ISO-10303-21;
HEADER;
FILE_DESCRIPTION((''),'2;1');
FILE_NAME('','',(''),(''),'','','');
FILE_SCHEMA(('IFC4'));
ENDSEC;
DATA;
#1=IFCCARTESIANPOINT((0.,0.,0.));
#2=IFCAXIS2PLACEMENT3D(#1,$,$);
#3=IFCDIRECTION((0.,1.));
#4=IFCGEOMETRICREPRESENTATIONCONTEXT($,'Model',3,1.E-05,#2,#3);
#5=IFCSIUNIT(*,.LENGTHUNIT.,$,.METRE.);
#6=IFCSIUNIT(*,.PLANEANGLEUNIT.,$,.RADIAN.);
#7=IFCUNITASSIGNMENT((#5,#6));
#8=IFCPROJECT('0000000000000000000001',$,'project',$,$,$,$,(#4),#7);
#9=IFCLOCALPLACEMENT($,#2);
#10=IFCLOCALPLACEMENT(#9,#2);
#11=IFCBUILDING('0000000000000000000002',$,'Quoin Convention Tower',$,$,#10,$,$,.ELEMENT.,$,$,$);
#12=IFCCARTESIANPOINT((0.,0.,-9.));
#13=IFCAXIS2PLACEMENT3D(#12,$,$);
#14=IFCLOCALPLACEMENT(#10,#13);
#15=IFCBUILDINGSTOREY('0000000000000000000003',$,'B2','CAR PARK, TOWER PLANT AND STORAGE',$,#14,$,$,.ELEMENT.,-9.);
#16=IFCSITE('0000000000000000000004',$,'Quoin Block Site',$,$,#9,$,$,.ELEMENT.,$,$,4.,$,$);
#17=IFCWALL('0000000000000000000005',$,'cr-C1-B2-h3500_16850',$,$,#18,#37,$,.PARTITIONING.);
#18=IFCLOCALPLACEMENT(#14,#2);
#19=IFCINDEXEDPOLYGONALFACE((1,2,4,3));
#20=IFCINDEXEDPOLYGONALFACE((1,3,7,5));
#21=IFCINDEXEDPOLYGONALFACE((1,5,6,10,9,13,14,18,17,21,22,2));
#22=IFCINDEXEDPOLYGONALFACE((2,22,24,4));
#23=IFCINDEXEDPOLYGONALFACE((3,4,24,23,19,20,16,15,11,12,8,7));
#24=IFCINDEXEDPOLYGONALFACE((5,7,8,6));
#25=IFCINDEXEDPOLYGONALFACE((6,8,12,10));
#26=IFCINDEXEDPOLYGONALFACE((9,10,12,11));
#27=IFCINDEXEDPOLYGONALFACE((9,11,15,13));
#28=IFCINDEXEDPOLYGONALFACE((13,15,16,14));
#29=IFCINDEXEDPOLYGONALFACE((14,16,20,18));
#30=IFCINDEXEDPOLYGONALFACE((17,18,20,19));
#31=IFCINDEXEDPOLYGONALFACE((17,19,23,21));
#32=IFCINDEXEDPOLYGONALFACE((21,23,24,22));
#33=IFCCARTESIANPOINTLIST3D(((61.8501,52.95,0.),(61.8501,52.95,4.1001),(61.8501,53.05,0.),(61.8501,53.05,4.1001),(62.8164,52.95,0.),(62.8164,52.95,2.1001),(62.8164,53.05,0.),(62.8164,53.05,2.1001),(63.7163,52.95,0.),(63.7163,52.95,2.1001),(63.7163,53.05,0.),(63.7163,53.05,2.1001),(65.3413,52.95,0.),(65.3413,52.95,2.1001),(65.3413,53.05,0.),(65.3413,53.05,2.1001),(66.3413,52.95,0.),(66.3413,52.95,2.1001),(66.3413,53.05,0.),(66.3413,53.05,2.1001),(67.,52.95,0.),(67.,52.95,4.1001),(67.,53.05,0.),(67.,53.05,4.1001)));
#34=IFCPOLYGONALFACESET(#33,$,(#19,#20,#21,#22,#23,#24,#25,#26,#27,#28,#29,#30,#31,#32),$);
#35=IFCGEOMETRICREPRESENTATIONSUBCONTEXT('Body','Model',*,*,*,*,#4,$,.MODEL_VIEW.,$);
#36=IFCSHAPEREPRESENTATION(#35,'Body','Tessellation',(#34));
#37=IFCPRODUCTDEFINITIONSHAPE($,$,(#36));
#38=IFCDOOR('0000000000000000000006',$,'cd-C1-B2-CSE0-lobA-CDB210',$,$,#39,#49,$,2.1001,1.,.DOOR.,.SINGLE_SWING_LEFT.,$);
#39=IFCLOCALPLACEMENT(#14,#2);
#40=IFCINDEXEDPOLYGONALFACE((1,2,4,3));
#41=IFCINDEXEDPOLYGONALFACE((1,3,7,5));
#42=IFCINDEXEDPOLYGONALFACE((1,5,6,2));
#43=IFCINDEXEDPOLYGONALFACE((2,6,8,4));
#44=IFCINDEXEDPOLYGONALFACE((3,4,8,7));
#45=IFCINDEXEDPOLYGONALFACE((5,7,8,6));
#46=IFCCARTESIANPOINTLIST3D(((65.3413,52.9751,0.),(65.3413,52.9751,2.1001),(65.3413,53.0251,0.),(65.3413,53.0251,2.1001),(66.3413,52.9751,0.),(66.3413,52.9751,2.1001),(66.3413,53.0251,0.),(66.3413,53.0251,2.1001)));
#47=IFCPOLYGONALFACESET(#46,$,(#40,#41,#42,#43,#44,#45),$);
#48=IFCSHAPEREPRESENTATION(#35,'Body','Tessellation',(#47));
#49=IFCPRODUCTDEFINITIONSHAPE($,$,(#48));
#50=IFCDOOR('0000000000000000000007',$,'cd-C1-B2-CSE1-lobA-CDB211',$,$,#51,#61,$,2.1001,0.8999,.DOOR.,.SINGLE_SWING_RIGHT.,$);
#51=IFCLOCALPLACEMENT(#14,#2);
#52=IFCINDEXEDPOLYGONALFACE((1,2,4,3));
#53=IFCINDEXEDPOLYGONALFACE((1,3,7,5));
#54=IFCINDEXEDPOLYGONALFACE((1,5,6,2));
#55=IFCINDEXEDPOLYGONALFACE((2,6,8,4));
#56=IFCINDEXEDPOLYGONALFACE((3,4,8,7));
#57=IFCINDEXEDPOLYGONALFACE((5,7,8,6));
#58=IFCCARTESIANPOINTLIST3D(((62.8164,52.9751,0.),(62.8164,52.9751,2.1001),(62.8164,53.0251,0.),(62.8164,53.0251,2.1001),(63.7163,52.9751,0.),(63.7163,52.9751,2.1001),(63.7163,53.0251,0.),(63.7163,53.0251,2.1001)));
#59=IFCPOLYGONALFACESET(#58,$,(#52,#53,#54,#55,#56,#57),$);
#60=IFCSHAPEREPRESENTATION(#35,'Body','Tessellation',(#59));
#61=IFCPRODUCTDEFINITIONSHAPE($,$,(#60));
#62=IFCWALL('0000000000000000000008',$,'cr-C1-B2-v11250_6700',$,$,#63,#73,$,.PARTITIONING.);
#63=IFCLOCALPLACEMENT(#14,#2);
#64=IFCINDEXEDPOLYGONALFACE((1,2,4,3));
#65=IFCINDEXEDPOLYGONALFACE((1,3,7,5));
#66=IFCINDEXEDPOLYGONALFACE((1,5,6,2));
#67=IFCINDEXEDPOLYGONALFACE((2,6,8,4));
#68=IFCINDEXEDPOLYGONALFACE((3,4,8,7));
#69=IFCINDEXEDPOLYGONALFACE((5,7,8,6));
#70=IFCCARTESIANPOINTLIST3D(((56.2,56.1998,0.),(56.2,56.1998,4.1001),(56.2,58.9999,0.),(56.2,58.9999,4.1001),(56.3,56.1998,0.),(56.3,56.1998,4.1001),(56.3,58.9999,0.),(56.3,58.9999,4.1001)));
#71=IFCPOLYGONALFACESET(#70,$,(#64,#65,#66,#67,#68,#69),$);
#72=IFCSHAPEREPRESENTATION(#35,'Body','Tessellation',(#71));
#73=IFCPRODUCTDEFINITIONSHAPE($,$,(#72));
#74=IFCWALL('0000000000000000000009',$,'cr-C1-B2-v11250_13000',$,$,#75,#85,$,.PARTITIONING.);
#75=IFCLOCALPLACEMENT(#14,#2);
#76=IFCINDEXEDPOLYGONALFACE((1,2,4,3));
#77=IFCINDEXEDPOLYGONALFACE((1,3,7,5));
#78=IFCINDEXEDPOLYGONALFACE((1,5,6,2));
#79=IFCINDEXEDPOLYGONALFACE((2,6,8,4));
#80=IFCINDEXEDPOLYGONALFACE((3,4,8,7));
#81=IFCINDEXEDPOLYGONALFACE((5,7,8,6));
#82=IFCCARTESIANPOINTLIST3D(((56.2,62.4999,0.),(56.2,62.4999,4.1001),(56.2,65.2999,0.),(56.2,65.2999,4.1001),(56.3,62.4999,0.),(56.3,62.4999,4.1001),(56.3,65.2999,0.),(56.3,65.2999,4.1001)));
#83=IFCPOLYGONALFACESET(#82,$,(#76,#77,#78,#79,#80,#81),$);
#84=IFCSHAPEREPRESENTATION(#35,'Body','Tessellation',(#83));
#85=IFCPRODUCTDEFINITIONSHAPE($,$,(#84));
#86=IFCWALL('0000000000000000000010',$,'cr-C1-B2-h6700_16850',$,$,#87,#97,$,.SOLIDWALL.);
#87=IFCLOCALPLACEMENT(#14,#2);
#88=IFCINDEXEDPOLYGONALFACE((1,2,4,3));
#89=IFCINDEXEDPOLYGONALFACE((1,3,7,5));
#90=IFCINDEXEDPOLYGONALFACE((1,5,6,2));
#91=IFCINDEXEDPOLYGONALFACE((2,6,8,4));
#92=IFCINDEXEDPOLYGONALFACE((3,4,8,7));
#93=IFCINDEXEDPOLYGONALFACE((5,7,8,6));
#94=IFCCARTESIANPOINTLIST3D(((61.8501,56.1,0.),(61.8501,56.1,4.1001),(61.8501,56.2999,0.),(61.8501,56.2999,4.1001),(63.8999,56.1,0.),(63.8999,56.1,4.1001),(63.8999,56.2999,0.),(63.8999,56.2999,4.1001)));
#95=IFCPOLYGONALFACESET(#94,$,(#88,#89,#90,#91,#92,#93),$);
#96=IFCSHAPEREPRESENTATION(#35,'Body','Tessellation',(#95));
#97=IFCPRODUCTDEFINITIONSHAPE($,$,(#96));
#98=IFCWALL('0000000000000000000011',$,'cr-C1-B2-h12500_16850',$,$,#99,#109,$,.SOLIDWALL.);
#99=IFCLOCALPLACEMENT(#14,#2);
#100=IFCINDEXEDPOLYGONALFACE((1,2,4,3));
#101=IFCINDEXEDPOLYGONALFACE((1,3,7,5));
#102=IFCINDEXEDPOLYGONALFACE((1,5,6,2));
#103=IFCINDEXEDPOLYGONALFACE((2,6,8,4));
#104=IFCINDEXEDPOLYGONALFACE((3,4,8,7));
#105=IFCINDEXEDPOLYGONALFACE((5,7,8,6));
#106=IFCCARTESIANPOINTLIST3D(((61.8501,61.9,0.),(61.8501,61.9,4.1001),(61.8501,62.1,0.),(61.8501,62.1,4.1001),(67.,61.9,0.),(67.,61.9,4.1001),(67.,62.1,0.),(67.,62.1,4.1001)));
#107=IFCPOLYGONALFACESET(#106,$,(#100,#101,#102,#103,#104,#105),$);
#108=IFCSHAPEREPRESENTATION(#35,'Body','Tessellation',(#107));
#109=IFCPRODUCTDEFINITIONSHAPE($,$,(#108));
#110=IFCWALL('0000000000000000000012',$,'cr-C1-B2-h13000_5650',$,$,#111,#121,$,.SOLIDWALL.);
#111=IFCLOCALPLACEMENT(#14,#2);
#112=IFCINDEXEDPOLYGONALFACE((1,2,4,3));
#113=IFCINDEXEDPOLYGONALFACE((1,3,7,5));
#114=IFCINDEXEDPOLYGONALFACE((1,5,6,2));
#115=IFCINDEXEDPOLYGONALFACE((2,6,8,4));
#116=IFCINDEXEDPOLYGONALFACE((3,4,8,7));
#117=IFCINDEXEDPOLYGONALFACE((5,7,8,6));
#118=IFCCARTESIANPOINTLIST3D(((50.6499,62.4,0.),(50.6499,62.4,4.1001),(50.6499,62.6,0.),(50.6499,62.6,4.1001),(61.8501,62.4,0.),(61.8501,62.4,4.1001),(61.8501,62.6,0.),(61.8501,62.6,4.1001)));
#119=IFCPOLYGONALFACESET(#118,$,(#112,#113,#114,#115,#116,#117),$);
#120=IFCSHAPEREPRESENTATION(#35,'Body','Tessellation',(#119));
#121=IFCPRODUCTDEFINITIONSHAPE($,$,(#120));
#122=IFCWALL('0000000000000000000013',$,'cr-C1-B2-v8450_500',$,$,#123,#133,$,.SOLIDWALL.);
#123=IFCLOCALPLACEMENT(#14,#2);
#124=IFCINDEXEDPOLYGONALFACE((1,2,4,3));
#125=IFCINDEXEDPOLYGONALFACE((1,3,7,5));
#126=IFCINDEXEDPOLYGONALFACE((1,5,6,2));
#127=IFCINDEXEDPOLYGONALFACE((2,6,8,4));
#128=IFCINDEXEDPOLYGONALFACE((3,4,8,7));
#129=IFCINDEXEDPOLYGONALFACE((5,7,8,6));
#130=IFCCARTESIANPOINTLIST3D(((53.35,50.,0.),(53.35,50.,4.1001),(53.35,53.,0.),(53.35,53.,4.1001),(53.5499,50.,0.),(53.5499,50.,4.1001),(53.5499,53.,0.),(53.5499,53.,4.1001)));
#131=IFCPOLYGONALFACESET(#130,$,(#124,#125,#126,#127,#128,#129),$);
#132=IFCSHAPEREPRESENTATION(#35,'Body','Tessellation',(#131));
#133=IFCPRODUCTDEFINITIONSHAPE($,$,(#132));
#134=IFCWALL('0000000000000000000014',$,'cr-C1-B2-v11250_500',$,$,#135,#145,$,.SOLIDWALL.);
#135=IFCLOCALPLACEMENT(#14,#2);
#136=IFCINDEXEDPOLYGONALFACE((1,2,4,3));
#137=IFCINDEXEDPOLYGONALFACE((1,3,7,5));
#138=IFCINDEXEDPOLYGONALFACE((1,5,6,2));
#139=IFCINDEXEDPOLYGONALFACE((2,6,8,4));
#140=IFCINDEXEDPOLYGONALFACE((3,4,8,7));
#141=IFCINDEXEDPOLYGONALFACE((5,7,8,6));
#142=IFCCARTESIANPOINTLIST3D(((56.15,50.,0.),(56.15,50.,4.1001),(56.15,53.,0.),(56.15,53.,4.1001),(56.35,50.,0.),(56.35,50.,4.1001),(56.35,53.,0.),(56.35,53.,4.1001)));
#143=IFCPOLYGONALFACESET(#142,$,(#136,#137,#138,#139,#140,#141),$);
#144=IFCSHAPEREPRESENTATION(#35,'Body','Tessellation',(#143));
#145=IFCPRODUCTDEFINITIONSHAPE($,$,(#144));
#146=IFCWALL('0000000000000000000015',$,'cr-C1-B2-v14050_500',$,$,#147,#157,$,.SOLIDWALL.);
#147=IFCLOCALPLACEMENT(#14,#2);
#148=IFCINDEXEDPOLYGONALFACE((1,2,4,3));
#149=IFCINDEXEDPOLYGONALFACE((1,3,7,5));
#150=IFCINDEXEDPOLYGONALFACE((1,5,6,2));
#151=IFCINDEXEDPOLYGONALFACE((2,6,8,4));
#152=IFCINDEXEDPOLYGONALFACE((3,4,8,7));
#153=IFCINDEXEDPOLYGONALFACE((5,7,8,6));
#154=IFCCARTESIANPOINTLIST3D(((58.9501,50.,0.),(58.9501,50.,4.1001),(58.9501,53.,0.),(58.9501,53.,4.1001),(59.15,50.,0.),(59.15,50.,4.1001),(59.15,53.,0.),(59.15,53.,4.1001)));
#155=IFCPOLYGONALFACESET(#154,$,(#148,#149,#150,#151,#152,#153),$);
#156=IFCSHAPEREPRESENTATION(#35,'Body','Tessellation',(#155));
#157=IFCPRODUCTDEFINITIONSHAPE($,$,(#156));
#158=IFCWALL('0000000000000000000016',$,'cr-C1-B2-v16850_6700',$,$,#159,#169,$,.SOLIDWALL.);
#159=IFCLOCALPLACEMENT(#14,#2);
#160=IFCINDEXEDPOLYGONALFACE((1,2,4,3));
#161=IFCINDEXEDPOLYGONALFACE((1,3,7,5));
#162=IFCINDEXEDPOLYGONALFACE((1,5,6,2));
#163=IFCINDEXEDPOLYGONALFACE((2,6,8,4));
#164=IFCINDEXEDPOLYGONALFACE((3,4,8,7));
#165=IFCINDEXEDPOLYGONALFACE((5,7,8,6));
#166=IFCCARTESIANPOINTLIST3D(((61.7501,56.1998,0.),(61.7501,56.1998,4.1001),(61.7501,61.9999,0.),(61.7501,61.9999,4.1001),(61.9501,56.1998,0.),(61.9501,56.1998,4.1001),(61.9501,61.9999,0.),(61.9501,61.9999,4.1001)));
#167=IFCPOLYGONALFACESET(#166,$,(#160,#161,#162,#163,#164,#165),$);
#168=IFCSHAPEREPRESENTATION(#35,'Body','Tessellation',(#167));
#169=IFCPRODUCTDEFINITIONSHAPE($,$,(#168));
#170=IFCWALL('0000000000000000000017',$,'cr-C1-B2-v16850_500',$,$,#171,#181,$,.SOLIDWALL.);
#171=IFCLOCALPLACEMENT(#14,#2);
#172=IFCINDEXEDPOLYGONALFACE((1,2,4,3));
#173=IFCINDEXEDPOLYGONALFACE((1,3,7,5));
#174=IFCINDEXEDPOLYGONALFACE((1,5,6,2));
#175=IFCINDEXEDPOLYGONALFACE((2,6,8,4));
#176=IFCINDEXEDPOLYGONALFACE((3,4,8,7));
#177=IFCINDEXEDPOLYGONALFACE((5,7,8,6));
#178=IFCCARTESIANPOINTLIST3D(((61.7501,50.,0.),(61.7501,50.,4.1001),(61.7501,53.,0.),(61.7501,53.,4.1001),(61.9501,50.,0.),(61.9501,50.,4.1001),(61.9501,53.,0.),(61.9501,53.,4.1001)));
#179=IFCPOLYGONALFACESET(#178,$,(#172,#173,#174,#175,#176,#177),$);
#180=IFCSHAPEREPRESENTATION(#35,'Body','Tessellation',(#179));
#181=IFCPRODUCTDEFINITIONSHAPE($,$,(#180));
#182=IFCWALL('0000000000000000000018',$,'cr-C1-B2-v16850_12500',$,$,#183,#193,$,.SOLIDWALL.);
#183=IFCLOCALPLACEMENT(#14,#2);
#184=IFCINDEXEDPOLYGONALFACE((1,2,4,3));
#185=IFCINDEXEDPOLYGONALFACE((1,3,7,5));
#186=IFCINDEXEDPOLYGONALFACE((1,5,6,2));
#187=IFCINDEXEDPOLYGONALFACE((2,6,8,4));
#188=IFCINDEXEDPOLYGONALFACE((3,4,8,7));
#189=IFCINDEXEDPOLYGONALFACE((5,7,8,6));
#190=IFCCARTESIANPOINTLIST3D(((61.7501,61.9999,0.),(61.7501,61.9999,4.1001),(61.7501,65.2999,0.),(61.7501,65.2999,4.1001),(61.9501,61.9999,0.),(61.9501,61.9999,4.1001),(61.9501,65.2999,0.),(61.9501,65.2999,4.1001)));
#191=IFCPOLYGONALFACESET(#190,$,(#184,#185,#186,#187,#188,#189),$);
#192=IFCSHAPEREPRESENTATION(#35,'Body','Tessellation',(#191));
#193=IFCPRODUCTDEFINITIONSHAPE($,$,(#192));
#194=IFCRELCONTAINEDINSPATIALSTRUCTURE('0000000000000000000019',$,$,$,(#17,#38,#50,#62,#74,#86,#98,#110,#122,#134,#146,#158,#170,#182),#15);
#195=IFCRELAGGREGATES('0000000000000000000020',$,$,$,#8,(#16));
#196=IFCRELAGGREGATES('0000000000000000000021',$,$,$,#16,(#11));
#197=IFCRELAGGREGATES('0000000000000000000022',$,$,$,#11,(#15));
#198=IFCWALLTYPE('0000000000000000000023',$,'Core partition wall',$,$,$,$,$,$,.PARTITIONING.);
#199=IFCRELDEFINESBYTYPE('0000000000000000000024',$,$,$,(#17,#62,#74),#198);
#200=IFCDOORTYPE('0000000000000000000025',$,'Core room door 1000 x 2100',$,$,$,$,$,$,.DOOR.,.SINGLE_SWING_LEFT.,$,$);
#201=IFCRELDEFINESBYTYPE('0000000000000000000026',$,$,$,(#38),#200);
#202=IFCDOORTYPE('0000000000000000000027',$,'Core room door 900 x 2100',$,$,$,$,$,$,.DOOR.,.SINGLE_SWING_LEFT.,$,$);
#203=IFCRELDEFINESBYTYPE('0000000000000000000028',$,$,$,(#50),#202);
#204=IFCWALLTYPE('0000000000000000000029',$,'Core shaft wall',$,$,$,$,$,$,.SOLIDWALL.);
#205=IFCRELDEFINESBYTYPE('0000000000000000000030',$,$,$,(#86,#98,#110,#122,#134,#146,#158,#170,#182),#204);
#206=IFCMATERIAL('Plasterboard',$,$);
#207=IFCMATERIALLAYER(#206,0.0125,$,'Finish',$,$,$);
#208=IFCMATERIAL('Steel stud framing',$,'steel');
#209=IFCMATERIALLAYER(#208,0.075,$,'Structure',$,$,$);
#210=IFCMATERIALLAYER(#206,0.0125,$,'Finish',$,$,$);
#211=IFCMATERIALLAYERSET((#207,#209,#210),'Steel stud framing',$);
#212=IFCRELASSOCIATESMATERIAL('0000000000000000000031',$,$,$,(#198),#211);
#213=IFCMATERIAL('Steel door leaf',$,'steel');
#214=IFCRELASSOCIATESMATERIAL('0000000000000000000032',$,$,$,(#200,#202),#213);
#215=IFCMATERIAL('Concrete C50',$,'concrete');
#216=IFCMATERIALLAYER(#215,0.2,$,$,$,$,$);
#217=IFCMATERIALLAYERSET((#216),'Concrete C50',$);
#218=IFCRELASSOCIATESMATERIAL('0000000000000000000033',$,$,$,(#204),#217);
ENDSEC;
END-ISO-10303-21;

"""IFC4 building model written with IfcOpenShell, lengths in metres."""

from ifc_helpers import new_model, si_unit, direction, frame, frame_2d, origin, place, context, subcontext, project, spatial, rectangle, extrude, material, layer, layer_set, type_object, element, fill, save


model = new_model("IFC4")

# Units and contexts
model_context = context("Model", 3, precision=1e-05, world=origin(), true_north=direction((0.0, 1.0)))
body_context = subcontext(model_context, "Body", "Model", "MODEL_VIEW")
ifc_project = project(units=[si_unit("LENGTHUNIT", "METRE"), si_unit("PLANEANGLEUNIT", "RADIAN")], contexts=[model_context])

# Site, building, storey
site_placement = place(None, origin())
site = spatial("IfcSite", under=ifc_project, at=site_placement, Name="Quoin Block Site", CompositionType="ELEMENT", RefElevation=4.0)
building_placement = place(site_placement, origin())
building = spatial("IfcBuilding", under=site, at=building_placement, Name="Quoin Convention Tower", CompositionType="ELEMENT")
storey_placement = place(building_placement, frame((0.0, 0.0, -9.0)))
storey = spatial("IfcBuildingStorey", under=building, at=storey_placement, Name="B2", Description="CAR PARK, TOWER PLANT AND STORAGE", CompositionType="ELEMENT", Elevation=-9.0)

# Wall, openings, doors
ifc_material_1 = material(Name="Plasterboard")
ifc_layer_1 = layer(ifc_material_1, 0.0125, Name="Finish")
ifc_material_2 = material(Name="Steel stud framing", Category="steel")
ifc_layer_2 = layer(ifc_material_2, 0.075, Name="Structure")
ifc_layer_3 = layer(ifc_material_1, 0.0125, Name="Finish")
ifc_layer_set_1 = layer_set([ifc_layer_1, ifc_layer_2, ifc_layer_3], Name="Steel stud framing")
wall_type_1 = type_object("IfcWallType", Name="Core partition wall", PredefinedType="PARTITIONING", material=ifc_layer_set_1)
wall_1_placement = place(storey_placement, frame((61.8501, 53.0, 0.0), z_axis=(0.0, 0.0, 1.0), x_axis=(1.0, 0.0, 0.0)))
wall_1 = element("IfcWall", 1, at=wall_1_placement, inside=storey, type_object=wall_type_1, Name="cr-C1-B2-h3500_16850", PredefinedType="PARTITIONING", context=body_context, shape_type="SweptSolid", body=[
    extrude(rectangle(XDim=5.1499, YDim=0.1001, at=frame_2d((2.575, 0.0))), origin(), (0.0, 0.0, 1.0), 4.1001),
])
opening_1_placement = place(wall_1_placement, frame((3.4912, 0.0, 0.0)))
opening_1 = element("IfcOpeningElement", 2, at=opening_1_placement, cuts=wall_1, PredefinedType="OPENING", context=body_context, shape_type="SweptSolid", body=[
    extrude(rectangle(XDim=1.0, YDim=2.1001, at=frame_2d((0.5, 1.05))), frame((0.0, 0.0601, 0.0), z_axis=(0.0, -1.0, 0.0), x_axis=(1.0, 0.0, 0.0)), (0.0, 0.0, 1.0), 0.1201),
])
opening_2_placement = place(wall_1_placement, frame((0.9663, 0.0, 0.0)))
opening_2 = element("IfcOpeningElement", 3, at=opening_2_placement, cuts=wall_1, PredefinedType="OPENING", context=body_context, shape_type="SweptSolid", body=[
    extrude(rectangle(XDim=0.8999, YDim=2.1001, at=frame_2d((0.45, 1.05))), frame((0.0, 0.0601, 0.0), z_axis=(0.0, -1.0, 0.0), x_axis=(1.0, 0.0, 0.0)), (0.0, 0.0, 1.0), 0.1201),
])
ifc_material_3 = material(Name="Steel door leaf", Category="steel")
door_type_1 = type_object("IfcDoorType", Name="Core room door 1000 x 2100", OperationType="SINGLE_SWING_LEFT", PredefinedType="DOOR", material=ifc_material_3)
door_1_placement = place(opening_1_placement, frame((1.0, 0.0, 0.0), z_axis=(0.0, 0.0, 1.0), x_axis=(-1.0, 0.0, 0.0)))
door_1 = element("IfcDoor", 4, at=door_1_placement, inside=storey, type_object=door_type_1, Name="cd-C1-B2-CSE0-lobA-CDB210", OperationType="SINGLE_SWING_LEFT", OverallHeight=2.1001, OverallWidth=1.0, PredefinedType="DOOR", context=body_context, shape_type="SweptSolid", body=[
    extrude(rectangle(XDim=1.0, YDim=2.1001, at=frame_2d((0.5, 1.05))), frame((0.0, 0.0249, 0.0), z_axis=(0.0, -1.0, 0.0), x_axis=(1.0, 0.0, 0.0)), (0.0, 0.0, 1.0), 0.05),
])
fill(opening_1, door_1)
door_type_2 = type_object("IfcDoorType", Name="Core room door 900 x 2100", OperationType="SINGLE_SWING_LEFT", PredefinedType="DOOR", material=ifc_material_3)
door_2_placement = place(opening_2_placement, frame((0.8999, 0.0, 0.0), z_axis=(0.0, 0.0, 1.0), x_axis=(-1.0, 0.0, 0.0)))
door_2 = element("IfcDoor", 5, at=door_2_placement, inside=storey, type_object=door_type_2, Name="cd-C1-B2-CSE1-lobA-CDB211", OperationType="SINGLE_SWING_RIGHT", OverallHeight=2.1001, OverallWidth=0.8999, PredefinedType="DOOR", context=body_context, shape_type="SweptSolid", body=[
    extrude(rectangle(XDim=0.8999, YDim=2.1001, at=frame_2d((0.45, 1.05))), frame((0.0, 0.0249, 0.0), z_axis=(0.0, -1.0, 0.0), x_axis=(1.0, 0.0, 0.0)), (0.0, 0.0, 1.0), 0.05),
])
fill(opening_2, door_2)

# Walls
for number, where, z_axis, x_axis, name in (
    (6, (56.25, 56.2, 0.0), (0.0, 0.0, 1.0), (0.0, 1.0, 0.0), "cr-C1-B2-v11250_6700"),
    (7, (56.25, 62.5, 0.0), (0.0, 0.0, 1.0), (0.0, 1.0, 0.0), "cr-C1-B2-v11250_13000"),
):
    element("IfcWall", number, at=place(storey_placement, frame(where, z_axis=z_axis, x_axis=x_axis)), inside=storey, type_object=wall_type_1, Name=name, PredefinedType="PARTITIONING", context=body_context, shape_type="SweptSolid", body=[
        extrude(rectangle(XDim=2.8, YDim=0.1001, at=frame_2d((1.3999, 0.0))), origin(), (0.0, 0.0, 1.0), 4.1001),
    ])
ifc_material_4 = material(Name="Concrete C50", Category="concrete")
ifc_layer_4 = layer(ifc_material_4, 0.2)
ifc_layer_set_2 = layer_set([ifc_layer_4], Name="Concrete C50")
wall_type_2 = type_object("IfcWallType", Name="Core shaft wall", PredefinedType="SOLIDWALL", material=ifc_layer_set_2)
wall_2_placement = place(storey_placement, frame((61.8501, 56.2, 0.0), z_axis=(0.0, 0.0, 1.0), x_axis=(1.0, 0.0, 0.0)))
element("IfcWall", 8, at=wall_2_placement, inside=storey, type_object=wall_type_2, Name="cr-C1-B2-h6700_16850", PredefinedType="SOLIDWALL", context=body_context, shape_type="SweptSolid", body=[
    extrude(rectangle(XDim=2.0498, YDim=0.2, at=frame_2d((1.0249, 0.0))), origin(), (0.0, 0.0, 1.0), 4.1001),
])
wall_3_placement = place(storey_placement, frame((61.8501, 62.0, 0.0), z_axis=(0.0, 0.0, 1.0), x_axis=(1.0, 0.0, 0.0)))
element("IfcWall", 9, at=wall_3_placement, inside=storey, type_object=wall_type_2, Name="cr-C1-B2-h12500_16850", PredefinedType="SOLIDWALL", context=body_context, shape_type="SweptSolid", body=[
    extrude(rectangle(XDim=5.1499, YDim=0.2, at=frame_2d((2.575, 0.0))), origin(), (0.0, 0.0, 1.0), 4.1001),
])
wall_4_placement = place(storey_placement, frame((50.6499, 62.5, 0.0), z_axis=(0.0, 0.0, 1.0), x_axis=(1.0, 0.0, 0.0)))
element("IfcWall", 10, at=wall_4_placement, inside=storey, type_object=wall_type_2, Name="cr-C1-B2-h13000_5650", PredefinedType="SOLIDWALL", context=body_context, shape_type="SweptSolid", body=[
    extrude(rectangle(XDim=11.2002, YDim=0.2, at=frame_2d((5.6001, 0.0))), origin(), (0.0, 0.0, 1.0), 4.1001),
])
for number, where, z_axis, x_axis, name in (
    (11, (53.45, 50.0, 0.0), (0.0, 0.0, 1.0), (0.0, 1.0, 0.0), "cr-C1-B2-v8450_500"),
    (12, (56.25, 50.0, 0.0), (0.0, 0.0, 1.0), (0.0, 1.0, 0.0), "cr-C1-B2-v11250_500"),
    (13, (59.05, 50.0, 0.0), (0.0, 0.0, 1.0), (0.0, 1.0, 0.0), "cr-C1-B2-v14050_500"),
):
    element("IfcWall", number, at=place(storey_placement, frame(where, z_axis=z_axis, x_axis=x_axis)), inside=storey, type_object=wall_type_2, Name=name, PredefinedType="SOLIDWALL", context=body_context, shape_type="SweptSolid", body=[
        extrude(rectangle(XDim=3.0, YDim=0.2, at=frame_2d((1.5, 0.0))), origin(), (0.0, 0.0, 1.0), 4.1001),
    ])
wall_5_placement = place(storey_placement, frame((61.8501, 56.2, 0.0), z_axis=(0.0, 0.0, 1.0), x_axis=(0.0, 1.0, 0.0)))
element("IfcWall", 14, at=wall_5_placement, inside=storey, type_object=wall_type_2, Name="cr-C1-B2-v16850_6700", PredefinedType="SOLIDWALL", context=body_context, shape_type="SweptSolid", body=[
    extrude(rectangle(XDim=5.8, YDim=0.2, at=frame_2d((2.8999, 0.0))), origin(), (0.0, 0.0, 1.0), 4.1001),
])
wall_6_placement = place(storey_placement, frame((61.8501, 50.0, 0.0), z_axis=(0.0, 0.0, 1.0), x_axis=(0.0, 1.0, 0.0)))
element("IfcWall", 15, at=wall_6_placement, inside=storey, type_object=wall_type_2, Name="cr-C1-B2-v16850_500", PredefinedType="SOLIDWALL", context=body_context, shape_type="SweptSolid", body=[
    extrude(rectangle(XDim=3.0, YDim=0.2, at=frame_2d((1.5, 0.0))), origin(), (0.0, 0.0, 1.0), 4.1001),
])
wall_7_placement = place(storey_placement, frame((61.8501, 62.0, 0.0), z_axis=(0.0, 0.0, 1.0), x_axis=(0.0, 1.0, 0.0)))
element("IfcWall", 16, at=wall_7_placement, inside=storey, type_object=wall_type_2, Name="cr-C1-B2-v16850_12500", PredefinedType="SOLIDWALL", context=body_context, shape_type="SweptSolid", body=[
    extrude(rectangle(XDim=3.3, YDim=0.2, at=frame_2d((1.6499, 0.0))), origin(), (0.0, 0.0, 1.0), 4.1001),
])

save(model, "model.ifc")
